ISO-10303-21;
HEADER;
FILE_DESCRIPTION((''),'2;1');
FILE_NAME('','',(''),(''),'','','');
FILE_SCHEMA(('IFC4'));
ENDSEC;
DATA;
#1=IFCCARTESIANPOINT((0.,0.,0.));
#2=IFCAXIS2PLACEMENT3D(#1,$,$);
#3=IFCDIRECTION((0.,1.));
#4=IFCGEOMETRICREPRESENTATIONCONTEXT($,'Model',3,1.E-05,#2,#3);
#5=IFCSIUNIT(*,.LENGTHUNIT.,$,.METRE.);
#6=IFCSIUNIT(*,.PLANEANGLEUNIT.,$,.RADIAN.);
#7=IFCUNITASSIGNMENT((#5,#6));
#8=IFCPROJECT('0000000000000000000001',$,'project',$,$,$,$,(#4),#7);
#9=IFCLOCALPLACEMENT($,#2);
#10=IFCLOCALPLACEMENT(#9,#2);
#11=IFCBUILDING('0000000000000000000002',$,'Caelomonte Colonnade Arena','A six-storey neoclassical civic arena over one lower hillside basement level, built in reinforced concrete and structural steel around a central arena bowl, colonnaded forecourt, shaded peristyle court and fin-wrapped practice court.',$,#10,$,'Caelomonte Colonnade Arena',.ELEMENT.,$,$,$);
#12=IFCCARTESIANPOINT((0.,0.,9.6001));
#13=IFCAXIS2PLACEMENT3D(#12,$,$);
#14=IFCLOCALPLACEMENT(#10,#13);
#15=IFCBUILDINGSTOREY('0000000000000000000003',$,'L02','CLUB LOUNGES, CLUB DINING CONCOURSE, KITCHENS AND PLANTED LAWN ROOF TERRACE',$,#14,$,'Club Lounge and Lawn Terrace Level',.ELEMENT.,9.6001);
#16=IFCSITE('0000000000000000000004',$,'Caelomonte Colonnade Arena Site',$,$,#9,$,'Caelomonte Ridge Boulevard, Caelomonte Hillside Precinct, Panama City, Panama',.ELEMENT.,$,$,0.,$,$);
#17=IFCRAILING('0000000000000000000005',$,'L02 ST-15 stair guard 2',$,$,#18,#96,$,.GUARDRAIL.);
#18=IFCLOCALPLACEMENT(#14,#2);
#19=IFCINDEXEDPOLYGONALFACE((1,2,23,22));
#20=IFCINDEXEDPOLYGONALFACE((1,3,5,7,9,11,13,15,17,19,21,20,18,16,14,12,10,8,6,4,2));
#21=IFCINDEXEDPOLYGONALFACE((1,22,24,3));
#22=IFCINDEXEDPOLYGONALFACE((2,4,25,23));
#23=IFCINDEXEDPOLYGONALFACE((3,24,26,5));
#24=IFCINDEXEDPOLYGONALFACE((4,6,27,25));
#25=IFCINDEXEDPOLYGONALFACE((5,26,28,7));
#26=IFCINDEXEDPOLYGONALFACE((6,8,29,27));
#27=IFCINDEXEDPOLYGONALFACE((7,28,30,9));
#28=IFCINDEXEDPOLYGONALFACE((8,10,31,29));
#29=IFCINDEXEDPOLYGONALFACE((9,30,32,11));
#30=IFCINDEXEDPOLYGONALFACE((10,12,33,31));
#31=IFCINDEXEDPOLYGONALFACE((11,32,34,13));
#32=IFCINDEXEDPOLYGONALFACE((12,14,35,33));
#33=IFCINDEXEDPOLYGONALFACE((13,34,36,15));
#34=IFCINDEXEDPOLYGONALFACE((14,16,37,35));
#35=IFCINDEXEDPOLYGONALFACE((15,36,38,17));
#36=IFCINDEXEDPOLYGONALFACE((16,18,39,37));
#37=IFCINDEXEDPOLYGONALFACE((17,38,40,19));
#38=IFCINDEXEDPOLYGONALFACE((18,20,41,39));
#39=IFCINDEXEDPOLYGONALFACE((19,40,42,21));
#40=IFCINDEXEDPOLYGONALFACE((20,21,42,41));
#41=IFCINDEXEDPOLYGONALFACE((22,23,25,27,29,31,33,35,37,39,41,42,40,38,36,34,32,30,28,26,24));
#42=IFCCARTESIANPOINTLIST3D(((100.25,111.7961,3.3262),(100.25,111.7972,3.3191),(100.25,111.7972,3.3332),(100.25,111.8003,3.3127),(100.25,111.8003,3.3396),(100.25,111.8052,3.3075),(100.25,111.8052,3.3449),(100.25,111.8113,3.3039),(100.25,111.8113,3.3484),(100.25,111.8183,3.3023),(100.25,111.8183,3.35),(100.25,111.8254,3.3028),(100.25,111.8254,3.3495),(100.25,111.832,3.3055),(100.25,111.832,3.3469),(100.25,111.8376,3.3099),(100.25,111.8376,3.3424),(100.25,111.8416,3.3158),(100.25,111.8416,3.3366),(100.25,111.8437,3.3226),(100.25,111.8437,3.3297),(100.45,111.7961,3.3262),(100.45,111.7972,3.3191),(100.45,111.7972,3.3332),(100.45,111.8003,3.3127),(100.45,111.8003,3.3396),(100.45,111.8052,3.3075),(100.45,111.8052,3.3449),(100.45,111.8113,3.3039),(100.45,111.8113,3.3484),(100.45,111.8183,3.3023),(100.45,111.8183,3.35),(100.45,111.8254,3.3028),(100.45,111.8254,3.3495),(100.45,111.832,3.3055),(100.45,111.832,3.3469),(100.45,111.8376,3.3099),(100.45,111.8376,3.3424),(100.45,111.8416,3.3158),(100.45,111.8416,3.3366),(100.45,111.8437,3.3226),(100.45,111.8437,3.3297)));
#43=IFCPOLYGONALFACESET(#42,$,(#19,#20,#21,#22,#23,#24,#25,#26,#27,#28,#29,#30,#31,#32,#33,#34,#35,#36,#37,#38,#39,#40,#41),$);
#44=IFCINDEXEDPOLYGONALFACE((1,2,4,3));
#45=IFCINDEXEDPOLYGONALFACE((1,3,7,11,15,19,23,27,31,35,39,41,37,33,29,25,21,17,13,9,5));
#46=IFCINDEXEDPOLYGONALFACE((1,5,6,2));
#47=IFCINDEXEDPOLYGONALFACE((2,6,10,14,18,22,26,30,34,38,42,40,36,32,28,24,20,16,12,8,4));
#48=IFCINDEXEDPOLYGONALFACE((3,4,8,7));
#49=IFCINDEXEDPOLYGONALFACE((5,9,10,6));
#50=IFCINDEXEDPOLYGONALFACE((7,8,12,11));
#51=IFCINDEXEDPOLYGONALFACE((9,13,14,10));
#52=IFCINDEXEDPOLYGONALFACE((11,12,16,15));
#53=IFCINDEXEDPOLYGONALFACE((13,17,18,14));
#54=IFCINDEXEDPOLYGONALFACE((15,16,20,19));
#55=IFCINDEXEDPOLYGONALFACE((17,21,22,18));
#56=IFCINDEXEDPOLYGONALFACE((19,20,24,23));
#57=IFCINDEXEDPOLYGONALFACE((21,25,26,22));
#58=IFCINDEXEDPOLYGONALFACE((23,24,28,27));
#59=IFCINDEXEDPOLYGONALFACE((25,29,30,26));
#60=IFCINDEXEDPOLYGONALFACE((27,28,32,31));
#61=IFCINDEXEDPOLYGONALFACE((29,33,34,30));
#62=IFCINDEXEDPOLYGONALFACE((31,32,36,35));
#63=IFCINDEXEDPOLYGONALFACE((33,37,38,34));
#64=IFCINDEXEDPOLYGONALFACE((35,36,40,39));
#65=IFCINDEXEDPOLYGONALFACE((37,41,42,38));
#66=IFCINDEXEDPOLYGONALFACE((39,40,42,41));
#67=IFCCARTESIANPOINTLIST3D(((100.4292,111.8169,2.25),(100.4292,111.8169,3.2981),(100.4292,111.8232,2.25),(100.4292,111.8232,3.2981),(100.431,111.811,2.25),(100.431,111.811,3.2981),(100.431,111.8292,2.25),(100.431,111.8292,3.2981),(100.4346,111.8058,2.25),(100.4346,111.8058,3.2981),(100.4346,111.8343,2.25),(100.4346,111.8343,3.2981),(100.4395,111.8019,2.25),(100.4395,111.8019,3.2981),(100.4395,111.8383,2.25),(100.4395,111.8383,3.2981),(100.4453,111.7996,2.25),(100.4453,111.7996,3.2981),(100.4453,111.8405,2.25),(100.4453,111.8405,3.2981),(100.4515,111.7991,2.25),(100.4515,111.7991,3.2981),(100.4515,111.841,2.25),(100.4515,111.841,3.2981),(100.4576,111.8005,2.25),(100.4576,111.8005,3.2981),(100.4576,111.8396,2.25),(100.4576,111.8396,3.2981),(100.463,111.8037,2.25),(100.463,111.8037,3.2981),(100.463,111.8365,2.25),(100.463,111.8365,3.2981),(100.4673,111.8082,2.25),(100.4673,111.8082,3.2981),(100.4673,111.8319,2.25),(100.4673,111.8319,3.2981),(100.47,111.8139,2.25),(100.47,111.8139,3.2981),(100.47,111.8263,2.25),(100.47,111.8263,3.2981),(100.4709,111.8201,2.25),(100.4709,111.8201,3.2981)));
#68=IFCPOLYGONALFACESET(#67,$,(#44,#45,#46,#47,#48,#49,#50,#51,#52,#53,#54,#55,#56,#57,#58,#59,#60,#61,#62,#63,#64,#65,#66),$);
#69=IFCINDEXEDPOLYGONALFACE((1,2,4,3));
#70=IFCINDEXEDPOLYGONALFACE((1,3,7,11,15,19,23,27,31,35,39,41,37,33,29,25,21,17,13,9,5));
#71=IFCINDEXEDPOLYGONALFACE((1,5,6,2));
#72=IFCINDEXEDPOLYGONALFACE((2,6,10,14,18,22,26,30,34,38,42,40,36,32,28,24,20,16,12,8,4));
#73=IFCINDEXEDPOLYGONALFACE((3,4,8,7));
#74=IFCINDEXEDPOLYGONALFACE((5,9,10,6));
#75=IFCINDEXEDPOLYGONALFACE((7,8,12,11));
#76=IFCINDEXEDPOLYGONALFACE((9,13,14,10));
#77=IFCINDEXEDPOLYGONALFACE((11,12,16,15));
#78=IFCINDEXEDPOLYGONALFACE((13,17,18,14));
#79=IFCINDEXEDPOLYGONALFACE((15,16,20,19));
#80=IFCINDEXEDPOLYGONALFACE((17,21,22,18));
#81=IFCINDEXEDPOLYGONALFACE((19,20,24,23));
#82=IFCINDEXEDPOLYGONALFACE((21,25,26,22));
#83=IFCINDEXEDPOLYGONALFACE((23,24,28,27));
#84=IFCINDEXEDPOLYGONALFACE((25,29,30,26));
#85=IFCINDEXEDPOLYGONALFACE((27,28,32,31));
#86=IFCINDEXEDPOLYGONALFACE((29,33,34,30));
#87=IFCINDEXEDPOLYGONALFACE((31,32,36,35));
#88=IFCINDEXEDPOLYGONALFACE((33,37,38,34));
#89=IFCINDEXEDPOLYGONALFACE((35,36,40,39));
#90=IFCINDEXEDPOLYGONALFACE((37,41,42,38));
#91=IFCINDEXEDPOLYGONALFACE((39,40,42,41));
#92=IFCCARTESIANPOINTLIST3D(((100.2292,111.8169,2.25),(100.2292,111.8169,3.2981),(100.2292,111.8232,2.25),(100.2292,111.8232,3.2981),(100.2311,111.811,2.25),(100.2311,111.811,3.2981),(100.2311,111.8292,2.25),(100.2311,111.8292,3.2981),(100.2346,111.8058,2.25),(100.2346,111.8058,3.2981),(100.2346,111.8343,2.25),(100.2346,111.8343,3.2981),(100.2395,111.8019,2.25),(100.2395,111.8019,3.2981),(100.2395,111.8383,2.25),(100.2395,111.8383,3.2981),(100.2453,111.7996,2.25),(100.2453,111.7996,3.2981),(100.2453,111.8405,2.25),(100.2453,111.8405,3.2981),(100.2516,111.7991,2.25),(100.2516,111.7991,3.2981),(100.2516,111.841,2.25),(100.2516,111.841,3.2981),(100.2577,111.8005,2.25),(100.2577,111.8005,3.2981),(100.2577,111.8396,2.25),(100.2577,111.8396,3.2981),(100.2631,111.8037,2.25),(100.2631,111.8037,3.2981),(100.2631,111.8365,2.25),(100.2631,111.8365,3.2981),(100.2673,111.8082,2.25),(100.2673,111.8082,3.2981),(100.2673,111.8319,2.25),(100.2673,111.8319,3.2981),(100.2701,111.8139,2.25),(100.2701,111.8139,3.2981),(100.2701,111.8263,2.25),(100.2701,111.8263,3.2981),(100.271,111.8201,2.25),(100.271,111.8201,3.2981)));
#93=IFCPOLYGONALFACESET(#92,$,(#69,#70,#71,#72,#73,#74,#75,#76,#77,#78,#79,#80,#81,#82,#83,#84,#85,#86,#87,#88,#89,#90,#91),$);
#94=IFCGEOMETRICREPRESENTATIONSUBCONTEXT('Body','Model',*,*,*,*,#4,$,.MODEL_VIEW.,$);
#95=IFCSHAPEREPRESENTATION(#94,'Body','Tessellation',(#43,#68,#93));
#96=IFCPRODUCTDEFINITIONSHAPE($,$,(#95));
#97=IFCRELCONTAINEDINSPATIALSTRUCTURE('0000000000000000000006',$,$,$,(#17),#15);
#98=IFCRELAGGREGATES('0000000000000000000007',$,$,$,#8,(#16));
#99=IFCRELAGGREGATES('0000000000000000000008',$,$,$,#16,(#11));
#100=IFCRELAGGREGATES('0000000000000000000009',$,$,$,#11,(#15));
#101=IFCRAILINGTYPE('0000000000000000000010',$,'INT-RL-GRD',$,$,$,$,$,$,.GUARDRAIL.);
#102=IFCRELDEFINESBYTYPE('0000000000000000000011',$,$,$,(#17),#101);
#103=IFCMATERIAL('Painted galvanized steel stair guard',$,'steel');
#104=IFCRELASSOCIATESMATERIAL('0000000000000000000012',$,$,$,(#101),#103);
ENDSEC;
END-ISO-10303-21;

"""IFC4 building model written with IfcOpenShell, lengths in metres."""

from ifc_helpers import new_model, si_unit, direction, frame, origin, origin_2d, place, context, subcontext, project, spatial, circle, extrude, material, type_object, element, save


model = new_model("IFC4")

# Units and contexts
model_context = context("Model", 3, precision=1e-05, world=origin(), true_north=direction((0.0, 1.0)))
body_context = subcontext(model_context, "Body", "Model", "MODEL_VIEW")
ifc_project = project(units=[si_unit("LENGTHUNIT", "METRE"), si_unit("PLANEANGLEUNIT", "RADIAN")], contexts=[model_context])

# Site, building, storey
site_placement = place(None, origin())
site = spatial("IfcSite", under=ifc_project, at=site_placement, Name="Caelomonte Colonnade Arena Site", LongName="Caelomonte Ridge Boulevard, Caelomonte Hillside Precinct, Panama City, Panama", CompositionType="ELEMENT", RefElevation=0.0)
building_placement = place(site_placement, origin())
building = spatial("IfcBuilding", under=site, at=building_placement, Name="Caelomonte Colonnade Arena", Description="A six-storey neoclassical civic arena over one lower hillside basement level, built in reinforced concrete and structural steel around a central arena bowl, colonnaded forecourt, shaded peristyle court and fin-wrapped practice court.", LongName="Caelomonte Colonnade Arena", CompositionType="ELEMENT")
storey_placement = place(building_placement, frame((0.0, 0.0, 9.6001)))
storey = spatial("IfcBuildingStorey", under=building, at=storey_placement, Name="L02", Description="CLUB LOUNGES, CLUB DINING CONCOURSE, KITCHENS AND PLANTED LAWN ROOF TERRACE", LongName="Club Lounge and Lawn Terrace Level", CompositionType="ELEMENT", Elevation=9.6001)

# Railing
ifc_material_1 = material(Name="Painted galvanized steel stair guard", Category="steel")
railing_type_1 = type_object("IfcRailingType", Name="INT-RL-GRD", PredefinedType="GUARDRAIL", material=ifc_material_1)
railing_1_placement = place(storey_placement, frame((100.45, 111.8201, 2.25)))
element("IfcRailing", 1, at=railing_1_placement, inside=storey, type_object=railing_type_1, Name="L02 ST-15 stair guard 2", PredefinedType="GUARDRAIL", context=body_context, shape_type="SweptSolid", body=[
    extrude(circle(Radius=0.0239, at=origin_2d()), frame((0.0, 0.0, 1.0762), z_axis=(-1.0, 0.0, 0.0), x_axis=(0.0, -1.0, 0.0)), (0.0, 0.0, 1.0), 0.2),
    extrude(circle(Radius=0.021, at=origin_2d()), origin(), (0.0, 0.0, 1.0), 1.0481),
    extrude(circle(Radius=0.021, at=origin_2d()), frame((-0.2, 0.0, 0.0)), (0.0, 0.0, 1.0), 1.0481),
])

save(model, "model.ifc")
